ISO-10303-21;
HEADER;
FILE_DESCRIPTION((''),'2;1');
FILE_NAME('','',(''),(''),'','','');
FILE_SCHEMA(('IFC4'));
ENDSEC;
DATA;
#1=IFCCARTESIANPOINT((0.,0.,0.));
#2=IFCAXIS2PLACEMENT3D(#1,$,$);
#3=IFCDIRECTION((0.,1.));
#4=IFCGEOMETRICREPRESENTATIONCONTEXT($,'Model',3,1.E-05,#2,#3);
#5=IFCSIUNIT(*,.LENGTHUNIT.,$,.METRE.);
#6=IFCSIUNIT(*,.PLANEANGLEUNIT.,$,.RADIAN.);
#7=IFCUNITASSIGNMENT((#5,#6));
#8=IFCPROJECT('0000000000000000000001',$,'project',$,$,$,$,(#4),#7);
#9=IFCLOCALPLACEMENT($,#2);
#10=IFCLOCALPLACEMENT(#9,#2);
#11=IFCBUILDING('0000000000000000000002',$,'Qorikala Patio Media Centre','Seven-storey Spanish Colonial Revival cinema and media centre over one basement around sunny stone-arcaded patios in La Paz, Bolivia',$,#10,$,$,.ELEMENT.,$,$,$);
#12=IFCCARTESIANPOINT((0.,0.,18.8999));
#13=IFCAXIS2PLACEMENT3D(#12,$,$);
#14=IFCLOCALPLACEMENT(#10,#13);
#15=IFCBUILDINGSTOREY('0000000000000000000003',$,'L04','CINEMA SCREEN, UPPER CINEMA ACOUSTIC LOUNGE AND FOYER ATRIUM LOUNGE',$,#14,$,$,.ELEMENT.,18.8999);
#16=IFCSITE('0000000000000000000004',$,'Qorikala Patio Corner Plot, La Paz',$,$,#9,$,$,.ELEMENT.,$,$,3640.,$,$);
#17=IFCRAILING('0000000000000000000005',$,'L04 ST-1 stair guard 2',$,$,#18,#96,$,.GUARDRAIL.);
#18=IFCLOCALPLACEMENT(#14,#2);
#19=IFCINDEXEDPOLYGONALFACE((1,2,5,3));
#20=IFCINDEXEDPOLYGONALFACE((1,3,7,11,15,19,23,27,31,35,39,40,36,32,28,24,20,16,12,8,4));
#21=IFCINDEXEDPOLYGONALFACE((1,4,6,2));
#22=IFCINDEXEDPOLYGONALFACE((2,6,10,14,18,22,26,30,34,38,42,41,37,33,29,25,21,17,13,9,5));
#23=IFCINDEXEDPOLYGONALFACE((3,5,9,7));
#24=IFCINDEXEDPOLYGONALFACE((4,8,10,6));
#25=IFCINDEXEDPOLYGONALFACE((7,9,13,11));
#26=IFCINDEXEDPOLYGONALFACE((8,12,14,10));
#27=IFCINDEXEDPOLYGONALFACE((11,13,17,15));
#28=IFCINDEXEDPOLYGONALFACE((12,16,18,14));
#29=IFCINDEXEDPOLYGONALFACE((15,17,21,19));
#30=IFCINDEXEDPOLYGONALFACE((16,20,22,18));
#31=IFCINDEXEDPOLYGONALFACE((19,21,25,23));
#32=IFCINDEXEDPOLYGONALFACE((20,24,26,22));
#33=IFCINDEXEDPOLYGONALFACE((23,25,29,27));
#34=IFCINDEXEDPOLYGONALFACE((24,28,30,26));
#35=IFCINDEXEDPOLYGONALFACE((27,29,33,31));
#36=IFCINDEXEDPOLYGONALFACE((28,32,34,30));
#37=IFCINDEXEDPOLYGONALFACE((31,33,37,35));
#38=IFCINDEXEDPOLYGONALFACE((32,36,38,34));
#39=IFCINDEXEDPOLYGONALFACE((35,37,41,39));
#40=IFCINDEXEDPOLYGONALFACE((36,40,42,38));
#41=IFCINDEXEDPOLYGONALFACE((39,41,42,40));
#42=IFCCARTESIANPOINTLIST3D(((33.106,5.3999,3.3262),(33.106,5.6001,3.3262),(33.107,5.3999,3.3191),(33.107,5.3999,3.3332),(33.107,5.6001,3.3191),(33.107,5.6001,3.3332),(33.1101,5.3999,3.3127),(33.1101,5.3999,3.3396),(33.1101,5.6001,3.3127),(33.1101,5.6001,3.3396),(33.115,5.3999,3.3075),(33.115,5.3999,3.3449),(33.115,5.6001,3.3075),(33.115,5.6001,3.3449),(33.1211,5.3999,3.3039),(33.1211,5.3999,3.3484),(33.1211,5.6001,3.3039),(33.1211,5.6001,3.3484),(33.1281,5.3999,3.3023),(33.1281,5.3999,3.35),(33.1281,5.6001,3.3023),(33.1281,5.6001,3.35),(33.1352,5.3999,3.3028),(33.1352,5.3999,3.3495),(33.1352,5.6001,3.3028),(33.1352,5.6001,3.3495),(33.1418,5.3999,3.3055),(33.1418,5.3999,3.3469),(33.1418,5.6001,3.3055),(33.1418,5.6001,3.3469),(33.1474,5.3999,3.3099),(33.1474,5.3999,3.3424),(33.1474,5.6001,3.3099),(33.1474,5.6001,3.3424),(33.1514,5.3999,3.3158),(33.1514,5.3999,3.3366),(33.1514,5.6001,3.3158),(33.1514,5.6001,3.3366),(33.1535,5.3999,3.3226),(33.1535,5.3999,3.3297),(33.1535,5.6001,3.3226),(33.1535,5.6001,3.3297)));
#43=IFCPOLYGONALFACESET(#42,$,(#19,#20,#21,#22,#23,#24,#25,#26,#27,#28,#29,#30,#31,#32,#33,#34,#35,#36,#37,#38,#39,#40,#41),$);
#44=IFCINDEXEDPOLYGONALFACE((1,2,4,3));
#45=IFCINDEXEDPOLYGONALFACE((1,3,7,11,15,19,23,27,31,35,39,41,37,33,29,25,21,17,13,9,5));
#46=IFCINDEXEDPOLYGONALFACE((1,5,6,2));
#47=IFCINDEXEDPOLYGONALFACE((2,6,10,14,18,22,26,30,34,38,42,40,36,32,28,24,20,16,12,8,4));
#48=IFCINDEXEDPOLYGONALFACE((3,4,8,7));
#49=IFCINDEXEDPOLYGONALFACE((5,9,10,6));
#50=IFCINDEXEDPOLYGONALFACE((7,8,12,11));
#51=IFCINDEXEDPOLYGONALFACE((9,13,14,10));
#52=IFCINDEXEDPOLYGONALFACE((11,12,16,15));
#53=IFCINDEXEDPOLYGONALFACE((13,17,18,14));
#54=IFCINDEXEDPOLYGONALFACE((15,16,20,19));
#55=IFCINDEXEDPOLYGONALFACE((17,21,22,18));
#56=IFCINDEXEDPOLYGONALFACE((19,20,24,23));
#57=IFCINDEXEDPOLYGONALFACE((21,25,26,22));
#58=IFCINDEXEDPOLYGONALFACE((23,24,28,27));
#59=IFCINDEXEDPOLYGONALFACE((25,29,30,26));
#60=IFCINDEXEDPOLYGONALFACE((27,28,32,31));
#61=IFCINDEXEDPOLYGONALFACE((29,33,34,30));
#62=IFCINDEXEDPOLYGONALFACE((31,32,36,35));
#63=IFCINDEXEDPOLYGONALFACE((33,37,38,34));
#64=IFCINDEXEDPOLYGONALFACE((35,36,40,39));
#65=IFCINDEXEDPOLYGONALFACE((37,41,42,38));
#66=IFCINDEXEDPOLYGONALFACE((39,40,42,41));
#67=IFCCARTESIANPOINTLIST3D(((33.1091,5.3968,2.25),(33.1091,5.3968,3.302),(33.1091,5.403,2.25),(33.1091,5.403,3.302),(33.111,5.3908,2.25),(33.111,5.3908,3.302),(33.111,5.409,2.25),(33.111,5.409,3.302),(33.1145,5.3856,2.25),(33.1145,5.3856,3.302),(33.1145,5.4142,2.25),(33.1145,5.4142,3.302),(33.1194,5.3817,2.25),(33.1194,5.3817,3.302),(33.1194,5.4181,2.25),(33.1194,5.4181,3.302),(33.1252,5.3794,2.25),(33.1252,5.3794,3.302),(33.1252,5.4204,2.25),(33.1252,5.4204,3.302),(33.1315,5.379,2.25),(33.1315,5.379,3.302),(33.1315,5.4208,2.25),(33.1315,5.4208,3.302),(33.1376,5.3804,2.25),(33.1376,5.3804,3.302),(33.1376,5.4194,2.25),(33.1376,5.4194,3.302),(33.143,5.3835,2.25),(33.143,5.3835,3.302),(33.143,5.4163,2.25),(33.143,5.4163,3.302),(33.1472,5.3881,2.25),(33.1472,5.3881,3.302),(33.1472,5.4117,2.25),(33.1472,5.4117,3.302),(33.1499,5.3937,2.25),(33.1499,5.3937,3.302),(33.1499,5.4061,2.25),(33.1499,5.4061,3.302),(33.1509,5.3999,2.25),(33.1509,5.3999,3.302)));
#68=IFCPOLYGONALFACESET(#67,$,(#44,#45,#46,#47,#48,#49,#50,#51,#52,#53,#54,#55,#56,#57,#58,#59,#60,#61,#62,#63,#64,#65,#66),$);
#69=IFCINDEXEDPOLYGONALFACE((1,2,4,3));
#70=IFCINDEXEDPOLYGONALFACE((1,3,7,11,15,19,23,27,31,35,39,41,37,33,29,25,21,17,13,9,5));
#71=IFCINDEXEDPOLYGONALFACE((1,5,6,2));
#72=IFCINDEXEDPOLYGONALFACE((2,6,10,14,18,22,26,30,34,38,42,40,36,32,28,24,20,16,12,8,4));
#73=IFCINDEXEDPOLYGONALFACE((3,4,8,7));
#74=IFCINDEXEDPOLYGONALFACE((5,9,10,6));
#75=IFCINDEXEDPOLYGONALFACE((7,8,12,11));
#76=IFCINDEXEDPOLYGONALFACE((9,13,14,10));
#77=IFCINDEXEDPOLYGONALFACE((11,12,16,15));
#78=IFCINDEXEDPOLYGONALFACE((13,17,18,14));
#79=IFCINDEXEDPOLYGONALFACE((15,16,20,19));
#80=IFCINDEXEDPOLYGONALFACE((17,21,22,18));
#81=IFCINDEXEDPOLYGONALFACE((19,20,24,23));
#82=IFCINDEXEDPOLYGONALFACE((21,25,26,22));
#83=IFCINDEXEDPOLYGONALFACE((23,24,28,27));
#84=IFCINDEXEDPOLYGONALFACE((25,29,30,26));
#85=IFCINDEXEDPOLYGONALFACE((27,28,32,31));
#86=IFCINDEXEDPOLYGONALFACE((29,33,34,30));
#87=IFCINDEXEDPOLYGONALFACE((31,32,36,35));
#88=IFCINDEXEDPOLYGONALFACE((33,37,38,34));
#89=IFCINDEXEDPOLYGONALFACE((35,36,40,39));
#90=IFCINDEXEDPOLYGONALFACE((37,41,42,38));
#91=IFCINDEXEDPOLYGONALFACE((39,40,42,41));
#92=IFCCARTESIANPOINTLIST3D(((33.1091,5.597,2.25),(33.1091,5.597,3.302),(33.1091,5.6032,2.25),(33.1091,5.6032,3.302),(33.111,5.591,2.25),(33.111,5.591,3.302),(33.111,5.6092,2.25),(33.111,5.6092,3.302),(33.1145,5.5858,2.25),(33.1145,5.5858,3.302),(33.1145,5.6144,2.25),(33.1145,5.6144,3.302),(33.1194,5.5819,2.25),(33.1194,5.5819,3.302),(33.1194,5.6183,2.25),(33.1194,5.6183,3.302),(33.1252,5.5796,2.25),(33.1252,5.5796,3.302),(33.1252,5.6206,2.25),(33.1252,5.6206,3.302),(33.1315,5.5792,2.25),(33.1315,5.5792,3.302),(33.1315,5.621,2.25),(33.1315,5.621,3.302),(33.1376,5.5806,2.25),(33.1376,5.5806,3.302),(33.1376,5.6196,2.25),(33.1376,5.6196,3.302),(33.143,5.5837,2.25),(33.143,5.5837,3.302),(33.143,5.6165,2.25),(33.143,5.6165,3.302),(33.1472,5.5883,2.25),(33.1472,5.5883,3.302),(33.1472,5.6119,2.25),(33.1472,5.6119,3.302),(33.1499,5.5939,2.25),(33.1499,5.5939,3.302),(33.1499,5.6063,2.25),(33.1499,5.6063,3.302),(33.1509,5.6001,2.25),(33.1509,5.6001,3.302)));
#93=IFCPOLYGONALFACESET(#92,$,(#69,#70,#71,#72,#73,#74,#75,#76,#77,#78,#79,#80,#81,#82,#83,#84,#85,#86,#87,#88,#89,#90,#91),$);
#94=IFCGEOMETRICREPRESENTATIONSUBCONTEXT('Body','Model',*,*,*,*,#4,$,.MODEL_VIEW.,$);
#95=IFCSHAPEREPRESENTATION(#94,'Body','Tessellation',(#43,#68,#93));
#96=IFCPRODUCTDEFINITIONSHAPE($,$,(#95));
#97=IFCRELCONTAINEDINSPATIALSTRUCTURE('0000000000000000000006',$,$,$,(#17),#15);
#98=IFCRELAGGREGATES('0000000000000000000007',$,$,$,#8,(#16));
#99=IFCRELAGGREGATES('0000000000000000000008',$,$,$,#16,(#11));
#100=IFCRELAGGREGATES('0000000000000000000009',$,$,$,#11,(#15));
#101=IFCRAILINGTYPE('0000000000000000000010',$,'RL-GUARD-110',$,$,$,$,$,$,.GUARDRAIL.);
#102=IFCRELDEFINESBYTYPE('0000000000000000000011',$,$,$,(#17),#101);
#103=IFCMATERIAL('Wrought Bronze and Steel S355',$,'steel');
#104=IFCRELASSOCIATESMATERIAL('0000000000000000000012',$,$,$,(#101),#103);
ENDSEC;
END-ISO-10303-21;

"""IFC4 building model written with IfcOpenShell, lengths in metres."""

from ifc_helpers import new_model, si_unit, direction, frame, origin, origin_2d, place, context, subcontext, project, spatial, circle, extrude, material, type_object, element, save


model = new_model("IFC4")

# Units and contexts
model_context = context("Model", 3, precision=1e-05, world=origin(), true_north=direction((0.0, 1.0)))
body_context = subcontext(model_context, "Body", "Model", "MODEL_VIEW")
ifc_project = project(units=[si_unit("LENGTHUNIT", "METRE"), si_unit("PLANEANGLEUNIT", "RADIAN")], contexts=[model_context])

# Site, building, storey
site_placement = place(None, origin())
site = spatial("IfcSite", under=ifc_project, at=site_placement, Name="Qorikala Patio Corner Plot, La Paz", CompositionType="ELEMENT", RefElevation=3640.0)
building_placement = place(site_placement, origin())
building = spatial("IfcBuilding", under=site, at=building_placement, Name="Qorikala Patio Media Centre", Description="Seven-storey Spanish Colonial Revival cinema and media centre over one basement around sunny stone-arcaded patios in La Paz, Bolivia", CompositionType="ELEMENT")
storey_placement = place(building_placement, frame((0.0, 0.0, 18.8999)))
storey = spatial("IfcBuildingStorey", under=building, at=storey_placement, Name="L04", Description="CINEMA SCREEN, UPPER CINEMA ACOUSTIC LOUNGE AND FOYER ATRIUM LOUNGE", CompositionType="ELEMENT", Elevation=18.8999)

# Railing
ifc_material_1 = material(Name="Wrought Bronze and Steel S355", Category="steel")
railing_type_1 = type_object("IfcRailingType", Name="RL-GUARD-110", PredefinedType="GUARDRAIL", material=ifc_material_1)
railing_1_placement = place(storey_placement, frame((33.1299, 5.3999, 2.25)))
element("IfcRailing", 1, at=railing_1_placement, inside=storey, type_object=railing_type_1, Name="L04 ST-1 stair guard 2", PredefinedType="GUARDRAIL", context=body_context, shape_type="SweptSolid", body=[
    extrude(circle(Radius=0.0239, at=origin_2d()), frame((0.0, 0.0, 1.0762), z_axis=(0.0, 1.0, 0.0), x_axis=(-1.0, 0.0, 0.0)), (0.0, 0.0, 1.0), 0.2002),
    extrude(circle(Radius=0.021, at=origin_2d()), origin(), (0.0, 0.0, 1.0), 1.052),
    extrude(circle(Radius=0.021, at=origin_2d()), frame((0.0, 0.2002, 0.0)), (0.0, 0.0, 1.0), 1.052),
])

save(model, "model.ifc")
